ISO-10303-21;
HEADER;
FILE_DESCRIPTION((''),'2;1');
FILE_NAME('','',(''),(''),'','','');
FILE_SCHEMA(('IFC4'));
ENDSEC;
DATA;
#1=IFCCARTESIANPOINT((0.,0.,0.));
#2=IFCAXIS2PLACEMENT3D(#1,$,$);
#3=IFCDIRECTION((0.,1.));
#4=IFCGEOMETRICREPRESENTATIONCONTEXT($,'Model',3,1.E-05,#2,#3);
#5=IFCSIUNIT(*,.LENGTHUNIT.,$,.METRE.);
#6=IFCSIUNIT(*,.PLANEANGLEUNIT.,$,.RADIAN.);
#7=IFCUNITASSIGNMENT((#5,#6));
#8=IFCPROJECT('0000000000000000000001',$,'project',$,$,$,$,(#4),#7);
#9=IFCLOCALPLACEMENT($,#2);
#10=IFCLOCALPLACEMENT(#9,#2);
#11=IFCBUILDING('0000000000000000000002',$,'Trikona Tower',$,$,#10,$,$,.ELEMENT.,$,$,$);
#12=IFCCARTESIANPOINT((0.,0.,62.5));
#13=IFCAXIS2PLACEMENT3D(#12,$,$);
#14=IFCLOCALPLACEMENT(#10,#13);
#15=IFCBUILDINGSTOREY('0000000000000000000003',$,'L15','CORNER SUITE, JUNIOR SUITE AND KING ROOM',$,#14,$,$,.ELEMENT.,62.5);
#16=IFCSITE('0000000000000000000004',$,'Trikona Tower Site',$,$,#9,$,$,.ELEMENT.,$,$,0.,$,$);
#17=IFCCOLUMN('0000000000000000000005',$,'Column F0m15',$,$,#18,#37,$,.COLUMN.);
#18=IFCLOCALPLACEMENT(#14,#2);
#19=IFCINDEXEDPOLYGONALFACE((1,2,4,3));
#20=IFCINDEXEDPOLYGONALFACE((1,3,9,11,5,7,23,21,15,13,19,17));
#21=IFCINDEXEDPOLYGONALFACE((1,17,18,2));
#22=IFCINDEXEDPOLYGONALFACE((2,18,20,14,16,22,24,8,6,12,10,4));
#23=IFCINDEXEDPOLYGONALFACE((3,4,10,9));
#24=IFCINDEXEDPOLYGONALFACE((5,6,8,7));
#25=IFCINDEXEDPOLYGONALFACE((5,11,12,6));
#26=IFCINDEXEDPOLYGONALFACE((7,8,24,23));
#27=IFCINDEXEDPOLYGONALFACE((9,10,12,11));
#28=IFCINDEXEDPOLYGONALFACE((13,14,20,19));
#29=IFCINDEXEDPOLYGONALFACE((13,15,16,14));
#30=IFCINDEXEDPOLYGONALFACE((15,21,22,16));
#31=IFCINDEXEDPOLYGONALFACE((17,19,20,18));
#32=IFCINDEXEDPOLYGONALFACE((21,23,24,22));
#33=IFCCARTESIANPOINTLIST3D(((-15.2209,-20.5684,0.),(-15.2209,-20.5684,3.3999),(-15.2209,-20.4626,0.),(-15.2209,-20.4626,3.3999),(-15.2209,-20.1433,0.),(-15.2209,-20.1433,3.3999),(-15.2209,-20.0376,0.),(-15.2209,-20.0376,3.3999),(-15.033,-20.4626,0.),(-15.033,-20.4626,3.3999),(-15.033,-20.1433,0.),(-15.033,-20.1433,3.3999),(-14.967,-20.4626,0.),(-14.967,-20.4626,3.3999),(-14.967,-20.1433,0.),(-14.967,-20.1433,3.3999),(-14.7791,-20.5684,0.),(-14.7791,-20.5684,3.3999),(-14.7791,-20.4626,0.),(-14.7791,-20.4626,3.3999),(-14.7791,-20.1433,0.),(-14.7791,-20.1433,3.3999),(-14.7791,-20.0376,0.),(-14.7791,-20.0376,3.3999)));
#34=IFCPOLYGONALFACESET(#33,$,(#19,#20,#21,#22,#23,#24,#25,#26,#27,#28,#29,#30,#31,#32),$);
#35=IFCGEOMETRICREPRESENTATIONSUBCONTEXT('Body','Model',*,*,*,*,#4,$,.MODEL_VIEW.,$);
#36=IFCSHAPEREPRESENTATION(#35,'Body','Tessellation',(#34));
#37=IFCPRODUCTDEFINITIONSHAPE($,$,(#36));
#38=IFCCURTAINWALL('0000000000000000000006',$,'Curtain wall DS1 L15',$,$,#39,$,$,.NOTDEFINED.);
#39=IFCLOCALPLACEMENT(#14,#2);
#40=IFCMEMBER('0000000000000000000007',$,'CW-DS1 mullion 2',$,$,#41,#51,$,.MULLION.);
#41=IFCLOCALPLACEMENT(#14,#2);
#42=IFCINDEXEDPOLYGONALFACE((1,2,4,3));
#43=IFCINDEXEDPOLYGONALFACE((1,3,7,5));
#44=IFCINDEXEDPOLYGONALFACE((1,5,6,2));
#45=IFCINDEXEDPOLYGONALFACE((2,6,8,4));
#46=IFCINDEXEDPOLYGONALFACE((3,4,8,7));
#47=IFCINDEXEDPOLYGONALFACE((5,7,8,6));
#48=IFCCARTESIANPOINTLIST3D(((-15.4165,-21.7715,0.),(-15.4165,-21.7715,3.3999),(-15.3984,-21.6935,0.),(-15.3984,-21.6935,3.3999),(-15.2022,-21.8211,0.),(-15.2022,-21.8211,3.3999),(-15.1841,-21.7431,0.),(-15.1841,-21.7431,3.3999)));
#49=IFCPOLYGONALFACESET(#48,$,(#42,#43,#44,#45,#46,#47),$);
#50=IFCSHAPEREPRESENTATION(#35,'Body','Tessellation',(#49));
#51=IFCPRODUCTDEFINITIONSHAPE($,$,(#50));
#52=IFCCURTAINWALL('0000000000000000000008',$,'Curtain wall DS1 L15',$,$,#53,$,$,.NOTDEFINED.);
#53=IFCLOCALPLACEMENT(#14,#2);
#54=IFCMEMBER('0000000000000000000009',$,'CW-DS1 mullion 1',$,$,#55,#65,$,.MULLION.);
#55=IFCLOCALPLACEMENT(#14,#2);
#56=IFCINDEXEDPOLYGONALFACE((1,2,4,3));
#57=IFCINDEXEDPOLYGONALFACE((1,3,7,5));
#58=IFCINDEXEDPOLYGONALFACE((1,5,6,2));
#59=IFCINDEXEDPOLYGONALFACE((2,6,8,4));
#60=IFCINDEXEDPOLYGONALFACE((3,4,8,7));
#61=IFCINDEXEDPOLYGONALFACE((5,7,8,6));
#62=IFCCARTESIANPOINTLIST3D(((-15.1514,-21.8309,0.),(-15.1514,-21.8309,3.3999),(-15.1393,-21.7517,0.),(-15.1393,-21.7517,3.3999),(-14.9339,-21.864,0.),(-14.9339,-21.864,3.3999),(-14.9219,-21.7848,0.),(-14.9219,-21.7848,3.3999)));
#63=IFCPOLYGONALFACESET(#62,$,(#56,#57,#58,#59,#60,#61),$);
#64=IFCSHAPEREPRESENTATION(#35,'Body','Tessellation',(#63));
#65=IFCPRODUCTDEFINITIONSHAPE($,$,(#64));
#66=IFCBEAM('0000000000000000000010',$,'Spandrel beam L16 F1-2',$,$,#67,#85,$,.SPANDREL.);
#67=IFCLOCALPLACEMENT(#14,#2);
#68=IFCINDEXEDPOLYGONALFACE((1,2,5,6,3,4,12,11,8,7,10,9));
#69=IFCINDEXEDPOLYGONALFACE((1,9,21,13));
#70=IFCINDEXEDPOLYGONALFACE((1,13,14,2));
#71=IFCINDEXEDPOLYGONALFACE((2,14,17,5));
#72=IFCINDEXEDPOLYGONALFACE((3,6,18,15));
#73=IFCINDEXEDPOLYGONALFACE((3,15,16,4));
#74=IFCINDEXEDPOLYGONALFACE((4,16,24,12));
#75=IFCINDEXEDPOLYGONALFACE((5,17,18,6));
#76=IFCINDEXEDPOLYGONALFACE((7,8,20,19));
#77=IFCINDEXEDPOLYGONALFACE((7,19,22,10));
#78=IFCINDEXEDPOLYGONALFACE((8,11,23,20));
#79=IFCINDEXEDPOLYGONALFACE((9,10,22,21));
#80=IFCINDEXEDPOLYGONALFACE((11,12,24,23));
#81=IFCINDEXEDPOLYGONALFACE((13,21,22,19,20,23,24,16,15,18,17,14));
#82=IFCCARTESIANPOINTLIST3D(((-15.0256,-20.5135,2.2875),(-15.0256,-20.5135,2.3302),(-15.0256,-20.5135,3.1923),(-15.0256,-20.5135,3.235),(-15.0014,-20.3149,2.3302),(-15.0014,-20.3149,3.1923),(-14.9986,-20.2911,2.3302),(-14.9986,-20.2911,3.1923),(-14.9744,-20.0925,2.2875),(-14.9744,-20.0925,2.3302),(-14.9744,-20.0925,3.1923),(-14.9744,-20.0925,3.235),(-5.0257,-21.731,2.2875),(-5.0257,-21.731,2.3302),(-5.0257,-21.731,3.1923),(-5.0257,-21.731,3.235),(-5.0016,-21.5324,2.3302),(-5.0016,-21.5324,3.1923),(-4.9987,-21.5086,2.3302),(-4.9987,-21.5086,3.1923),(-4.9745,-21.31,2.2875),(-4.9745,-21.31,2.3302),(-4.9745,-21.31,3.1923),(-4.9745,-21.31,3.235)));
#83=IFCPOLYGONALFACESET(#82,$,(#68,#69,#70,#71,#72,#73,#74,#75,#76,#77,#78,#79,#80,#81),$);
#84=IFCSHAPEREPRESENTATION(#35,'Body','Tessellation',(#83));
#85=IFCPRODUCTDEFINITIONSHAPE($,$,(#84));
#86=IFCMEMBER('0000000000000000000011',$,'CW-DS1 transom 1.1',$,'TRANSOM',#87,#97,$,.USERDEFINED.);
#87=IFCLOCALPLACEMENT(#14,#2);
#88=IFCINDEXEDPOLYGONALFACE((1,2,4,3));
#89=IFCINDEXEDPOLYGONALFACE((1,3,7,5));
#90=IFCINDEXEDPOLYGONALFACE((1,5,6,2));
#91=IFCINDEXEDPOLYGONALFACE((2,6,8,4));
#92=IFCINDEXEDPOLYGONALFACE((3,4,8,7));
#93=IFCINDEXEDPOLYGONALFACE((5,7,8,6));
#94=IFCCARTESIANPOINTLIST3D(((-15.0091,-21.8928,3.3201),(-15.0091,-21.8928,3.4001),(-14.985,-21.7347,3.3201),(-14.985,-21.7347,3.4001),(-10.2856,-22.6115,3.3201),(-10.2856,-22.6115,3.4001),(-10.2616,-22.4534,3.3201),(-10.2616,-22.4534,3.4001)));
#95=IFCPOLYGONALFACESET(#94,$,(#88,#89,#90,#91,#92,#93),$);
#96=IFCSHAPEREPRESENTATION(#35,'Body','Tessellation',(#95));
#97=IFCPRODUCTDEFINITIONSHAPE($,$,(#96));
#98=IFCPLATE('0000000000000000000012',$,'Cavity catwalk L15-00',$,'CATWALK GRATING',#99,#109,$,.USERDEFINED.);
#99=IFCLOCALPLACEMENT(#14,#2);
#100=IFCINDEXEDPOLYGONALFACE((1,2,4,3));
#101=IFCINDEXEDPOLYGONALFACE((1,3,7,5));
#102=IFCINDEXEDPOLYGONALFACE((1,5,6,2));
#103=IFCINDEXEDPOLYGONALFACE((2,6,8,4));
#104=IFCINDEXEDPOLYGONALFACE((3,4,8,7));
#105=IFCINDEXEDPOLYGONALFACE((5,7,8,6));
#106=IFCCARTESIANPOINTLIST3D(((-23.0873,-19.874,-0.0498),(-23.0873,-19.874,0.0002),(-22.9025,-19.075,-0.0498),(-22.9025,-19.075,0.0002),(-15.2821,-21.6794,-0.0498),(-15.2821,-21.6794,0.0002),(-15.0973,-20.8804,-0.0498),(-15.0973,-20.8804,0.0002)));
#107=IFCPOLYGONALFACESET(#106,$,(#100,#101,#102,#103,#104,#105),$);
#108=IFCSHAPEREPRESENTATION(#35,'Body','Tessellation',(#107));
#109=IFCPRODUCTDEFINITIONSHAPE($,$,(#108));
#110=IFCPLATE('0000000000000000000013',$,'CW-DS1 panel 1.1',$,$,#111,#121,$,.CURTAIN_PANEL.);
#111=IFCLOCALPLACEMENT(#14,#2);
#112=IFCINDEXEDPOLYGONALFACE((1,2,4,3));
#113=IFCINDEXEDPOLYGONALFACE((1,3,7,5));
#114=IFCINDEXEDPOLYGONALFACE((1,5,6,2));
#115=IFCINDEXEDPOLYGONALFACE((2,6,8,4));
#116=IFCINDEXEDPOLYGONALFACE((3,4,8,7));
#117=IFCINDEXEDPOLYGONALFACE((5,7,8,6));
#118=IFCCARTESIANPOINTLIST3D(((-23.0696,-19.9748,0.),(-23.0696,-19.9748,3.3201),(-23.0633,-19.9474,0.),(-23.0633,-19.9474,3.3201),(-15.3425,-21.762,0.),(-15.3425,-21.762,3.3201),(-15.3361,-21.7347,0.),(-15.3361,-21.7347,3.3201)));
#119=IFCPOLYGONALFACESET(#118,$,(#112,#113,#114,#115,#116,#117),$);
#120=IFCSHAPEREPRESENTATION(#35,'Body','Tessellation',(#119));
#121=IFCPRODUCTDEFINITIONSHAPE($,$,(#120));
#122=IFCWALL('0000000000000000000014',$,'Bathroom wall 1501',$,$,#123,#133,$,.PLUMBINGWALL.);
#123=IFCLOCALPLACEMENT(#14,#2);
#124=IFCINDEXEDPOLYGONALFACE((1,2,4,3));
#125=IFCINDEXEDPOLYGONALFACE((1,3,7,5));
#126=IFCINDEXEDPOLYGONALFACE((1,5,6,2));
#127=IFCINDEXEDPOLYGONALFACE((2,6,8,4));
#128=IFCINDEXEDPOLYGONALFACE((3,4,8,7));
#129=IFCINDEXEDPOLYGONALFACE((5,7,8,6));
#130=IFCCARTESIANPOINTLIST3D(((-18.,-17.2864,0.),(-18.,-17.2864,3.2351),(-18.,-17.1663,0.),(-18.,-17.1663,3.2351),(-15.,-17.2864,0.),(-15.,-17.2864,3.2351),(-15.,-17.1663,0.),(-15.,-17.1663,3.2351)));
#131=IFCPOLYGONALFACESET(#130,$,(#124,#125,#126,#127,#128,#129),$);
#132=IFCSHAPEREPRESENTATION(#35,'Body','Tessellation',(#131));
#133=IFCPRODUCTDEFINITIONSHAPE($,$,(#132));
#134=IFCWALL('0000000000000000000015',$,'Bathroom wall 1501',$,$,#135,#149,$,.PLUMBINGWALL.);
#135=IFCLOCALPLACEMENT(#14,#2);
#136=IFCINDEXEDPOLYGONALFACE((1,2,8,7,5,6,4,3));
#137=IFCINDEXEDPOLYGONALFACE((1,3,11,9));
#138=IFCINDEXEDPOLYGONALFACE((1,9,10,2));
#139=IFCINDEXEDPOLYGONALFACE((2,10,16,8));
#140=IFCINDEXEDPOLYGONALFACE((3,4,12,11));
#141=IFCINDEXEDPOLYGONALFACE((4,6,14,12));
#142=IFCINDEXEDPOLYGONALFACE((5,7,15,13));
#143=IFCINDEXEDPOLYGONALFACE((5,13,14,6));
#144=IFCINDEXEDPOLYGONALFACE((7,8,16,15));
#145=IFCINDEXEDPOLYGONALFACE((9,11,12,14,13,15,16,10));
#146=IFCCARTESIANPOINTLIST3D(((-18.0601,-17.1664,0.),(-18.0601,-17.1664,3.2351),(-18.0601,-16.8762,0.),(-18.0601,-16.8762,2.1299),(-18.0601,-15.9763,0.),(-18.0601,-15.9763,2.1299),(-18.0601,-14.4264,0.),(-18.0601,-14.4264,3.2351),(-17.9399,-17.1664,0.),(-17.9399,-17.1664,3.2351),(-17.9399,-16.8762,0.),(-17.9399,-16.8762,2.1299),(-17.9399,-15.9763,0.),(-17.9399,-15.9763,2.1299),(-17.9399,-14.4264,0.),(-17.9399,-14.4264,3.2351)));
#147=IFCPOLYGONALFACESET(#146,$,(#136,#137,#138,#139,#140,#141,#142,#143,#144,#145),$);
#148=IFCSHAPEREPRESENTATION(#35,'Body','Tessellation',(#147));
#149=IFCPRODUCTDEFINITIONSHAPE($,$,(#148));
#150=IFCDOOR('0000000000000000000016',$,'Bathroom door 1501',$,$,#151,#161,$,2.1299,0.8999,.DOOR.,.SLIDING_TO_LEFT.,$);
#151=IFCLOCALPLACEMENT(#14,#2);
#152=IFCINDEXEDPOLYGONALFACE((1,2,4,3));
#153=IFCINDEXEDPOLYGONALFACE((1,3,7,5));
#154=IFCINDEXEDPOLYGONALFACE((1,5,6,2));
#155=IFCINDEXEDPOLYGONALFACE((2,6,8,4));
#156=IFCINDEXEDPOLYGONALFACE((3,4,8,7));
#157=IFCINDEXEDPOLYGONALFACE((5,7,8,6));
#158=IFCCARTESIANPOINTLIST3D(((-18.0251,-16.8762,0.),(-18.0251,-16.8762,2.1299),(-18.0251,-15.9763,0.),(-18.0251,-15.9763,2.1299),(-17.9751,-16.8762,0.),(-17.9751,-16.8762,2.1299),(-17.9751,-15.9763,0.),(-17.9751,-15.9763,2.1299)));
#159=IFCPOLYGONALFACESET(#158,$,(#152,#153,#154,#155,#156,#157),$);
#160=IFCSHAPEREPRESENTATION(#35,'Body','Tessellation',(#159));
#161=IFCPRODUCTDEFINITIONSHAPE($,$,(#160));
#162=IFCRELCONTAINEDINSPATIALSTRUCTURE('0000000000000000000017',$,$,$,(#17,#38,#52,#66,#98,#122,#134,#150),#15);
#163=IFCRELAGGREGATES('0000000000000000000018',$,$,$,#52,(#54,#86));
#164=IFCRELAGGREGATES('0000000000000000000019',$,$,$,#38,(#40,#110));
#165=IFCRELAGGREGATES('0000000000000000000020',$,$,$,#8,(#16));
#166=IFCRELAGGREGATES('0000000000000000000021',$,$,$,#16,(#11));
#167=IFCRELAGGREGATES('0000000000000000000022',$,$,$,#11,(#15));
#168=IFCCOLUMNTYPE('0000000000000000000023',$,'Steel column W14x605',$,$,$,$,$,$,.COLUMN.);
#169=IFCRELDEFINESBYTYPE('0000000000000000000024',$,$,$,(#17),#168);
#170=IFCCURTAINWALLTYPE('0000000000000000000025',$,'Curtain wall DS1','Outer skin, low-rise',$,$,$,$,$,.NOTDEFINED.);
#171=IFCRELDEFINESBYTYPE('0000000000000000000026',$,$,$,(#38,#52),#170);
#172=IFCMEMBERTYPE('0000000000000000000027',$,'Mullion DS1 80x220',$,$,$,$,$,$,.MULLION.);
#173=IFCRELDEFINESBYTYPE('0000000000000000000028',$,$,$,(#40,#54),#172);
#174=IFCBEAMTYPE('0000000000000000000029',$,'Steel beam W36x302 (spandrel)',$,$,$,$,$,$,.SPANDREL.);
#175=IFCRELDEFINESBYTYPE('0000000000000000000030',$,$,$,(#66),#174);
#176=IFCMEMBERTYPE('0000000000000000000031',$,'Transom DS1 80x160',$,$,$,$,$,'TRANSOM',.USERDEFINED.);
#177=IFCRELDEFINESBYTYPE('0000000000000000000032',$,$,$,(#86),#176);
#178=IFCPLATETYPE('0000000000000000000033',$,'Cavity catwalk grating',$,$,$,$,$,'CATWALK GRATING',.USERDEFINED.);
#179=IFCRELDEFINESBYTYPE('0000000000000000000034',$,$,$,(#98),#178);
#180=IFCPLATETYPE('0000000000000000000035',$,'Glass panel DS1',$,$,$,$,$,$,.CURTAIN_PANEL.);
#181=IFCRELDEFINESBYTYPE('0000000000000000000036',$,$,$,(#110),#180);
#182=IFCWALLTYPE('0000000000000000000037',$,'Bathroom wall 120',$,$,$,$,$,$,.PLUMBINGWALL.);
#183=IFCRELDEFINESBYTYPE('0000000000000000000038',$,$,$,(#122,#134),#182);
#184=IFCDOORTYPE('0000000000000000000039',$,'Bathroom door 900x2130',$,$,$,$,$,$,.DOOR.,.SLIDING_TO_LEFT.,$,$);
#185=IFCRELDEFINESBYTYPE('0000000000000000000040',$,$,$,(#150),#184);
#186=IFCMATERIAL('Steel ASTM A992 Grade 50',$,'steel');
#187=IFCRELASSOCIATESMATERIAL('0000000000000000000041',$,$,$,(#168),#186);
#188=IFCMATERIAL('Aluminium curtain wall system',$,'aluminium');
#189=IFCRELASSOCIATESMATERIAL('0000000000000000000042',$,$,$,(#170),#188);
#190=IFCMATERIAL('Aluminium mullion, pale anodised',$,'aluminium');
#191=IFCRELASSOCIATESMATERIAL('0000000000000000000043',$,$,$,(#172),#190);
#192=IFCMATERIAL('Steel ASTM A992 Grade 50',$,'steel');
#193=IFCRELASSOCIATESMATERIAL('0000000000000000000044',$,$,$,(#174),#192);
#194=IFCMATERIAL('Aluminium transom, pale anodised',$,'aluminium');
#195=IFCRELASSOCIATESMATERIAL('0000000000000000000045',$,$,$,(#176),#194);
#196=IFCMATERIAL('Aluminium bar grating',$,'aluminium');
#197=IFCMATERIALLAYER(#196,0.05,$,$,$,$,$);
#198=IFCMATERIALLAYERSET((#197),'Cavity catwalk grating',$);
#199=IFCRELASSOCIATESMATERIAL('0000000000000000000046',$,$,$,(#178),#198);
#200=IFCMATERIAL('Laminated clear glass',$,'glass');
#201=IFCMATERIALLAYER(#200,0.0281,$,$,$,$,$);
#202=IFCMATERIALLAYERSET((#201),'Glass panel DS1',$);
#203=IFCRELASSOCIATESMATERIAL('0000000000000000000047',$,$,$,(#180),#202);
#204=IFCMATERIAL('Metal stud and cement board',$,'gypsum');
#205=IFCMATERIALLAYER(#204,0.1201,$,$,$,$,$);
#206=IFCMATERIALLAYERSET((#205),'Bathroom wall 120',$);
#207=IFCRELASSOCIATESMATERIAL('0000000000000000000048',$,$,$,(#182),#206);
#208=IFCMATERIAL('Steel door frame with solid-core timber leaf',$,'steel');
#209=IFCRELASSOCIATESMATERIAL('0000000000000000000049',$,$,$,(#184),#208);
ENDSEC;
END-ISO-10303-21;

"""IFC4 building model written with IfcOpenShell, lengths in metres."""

from ifc_helpers import new_model, si_unit, direction, frame, frame_2d, origin, origin_2d, place, context, subcontext, project, spatial, rectangle, i_section, extrude, material, layer, layer_set, material_profile, profile_set, type_object, element, fill, aggregate, save


model = new_model("IFC4")

# Units and contexts
model_context = context("Model", 3, precision=1e-05, world=origin(), true_north=direction((0.0, 1.0)))
body_context = subcontext(model_context, "Body", "Model", "MODEL_VIEW")
ifc_project = project(units=[si_unit("LENGTHUNIT", "METRE"), si_unit("PLANEANGLEUNIT", "RADIAN")], contexts=[model_context])

# Site, building, storey
site_placement = place(None, origin())
site = spatial("IfcSite", under=ifc_project, at=site_placement, Name="Trikona Tower Site", CompositionType="ELEMENT", RefElevation=0.0)
building_placement = place(site_placement, origin())
building = spatial("IfcBuilding", under=site, at=building_placement, Name="Trikona Tower", CompositionType="ELEMENT")
storey_placement = place(building_placement, frame((0.0, 0.0, 62.5)))
storey = spatial("IfcBuildingStorey", under=building, at=storey_placement, Name="L15", Description="CORNER SUITE, JUNIOR SUITE AND KING ROOM", CompositionType="ELEMENT", Elevation=62.5)

# Column
ifc_material_1 = material(Name="Steel ASTM A992 Grade 50", Category="steel")
ifc_material_profile_1 = material_profile(ifc_material_1, i_section(OverallWidth=0.4419, OverallDepth=0.5308, WebThickness=0.0659, FlangeThickness=0.1057, at=origin_2d()), Name="W14X605")
ifc_profile_set_1 = profile_set([ifc_material_profile_1], Name="Steel ASTM A992 Grade 50")
column_type = type_object("IfcColumnType", Name="Steel column W14x605", PredefinedType="COLUMN", material=ifc_profile_set_1)
column_placement = place(storey_placement, frame((-15.0, -20.303, 0.0), z_axis=(0.0, 0.0, 1.0), x_axis=(1.0, 0.0, 0.0)))
element("IfcColumn", 1, at=column_placement, inside=storey, type_object=column_type, Name="Column F0m15", PredefinedType="COLUMN", context=body_context, shape_type="SweptSolid", body=[
    extrude(i_section(OverallWidth=0.4419, OverallDepth=0.5308, WebThickness=0.0659, FlangeThickness=0.1057, at=origin_2d()), origin(), (0.0, 0.0, 1.0), 3.3999),
])

# Curtain walls, members
ifc_material_2 = material(Name="Aluminium curtain wall system", Category="aluminium")
curtain_wall_type = type_object("IfcCurtainWallType", Name="Curtain wall DS1", Description="Outer skin, low-rise", PredefinedType="NOTDEFINED", material=ifc_material_2)
curtain_wall_1_placement = place(storey_placement, origin())
curtain_wall_1 = element("IfcCurtainWall", 2, at=curtain_wall_1_placement, inside=storey, type_object=curtain_wall_type, Name="Curtain wall DS1 L15", PredefinedType="NOTDEFINED")
ifc_material_3 = material(Name="Aluminium mullion, pale anodised", Category="aluminium")
ifc_material_profile_2 = material_profile(ifc_material_3, rectangle(XDim=0.0801, YDim=0.22, at=origin_2d()), Name="MUL-DS1")
ifc_profile_set_2 = profile_set([ifc_material_profile_2], Name="Aluminium mullion, pale anodised")
member_type_1 = type_object("IfcMemberType", Name="Mullion DS1 80x220", PredefinedType="MULLION", material=ifc_profile_set_2)
member_1_placement = place(storey_placement, frame((-15.3003, -21.7573, 0.0), z_axis=(0.0, 0.0, 1.0), x_axis=(0.225343, 0.974279, 0.0)))
member_1 = element("IfcMember", 3, at=member_1_placement, type_object=member_type_1, Name="CW-DS1 mullion 2", PredefinedType="MULLION", context=body_context, shape_type="SweptSolid", body=[
    extrude(rectangle(XDim=0.0801, YDim=0.22, at=origin_2d()), origin(), (0.0, 0.0, 1.0), 3.3999),
])
curtain_wall_2_placement = place(storey_placement, origin())
curtain_wall_2 = element("IfcCurtainWall", 4, at=curtain_wall_2_placement, inside=storey, type_object=curtain_wall_type, Name="Curtain wall DS1 L15", PredefinedType="NOTDEFINED")
member_2_placement = place(storey_placement, frame((-15.0366, -21.8079, 0.0), z_axis=(0.0, 0.0, 1.0), x_axis=(0.150438, 0.988619, 0.0)))
member_2 = element("IfcMember", 5, at=member_2_placement, type_object=member_type_1, Name="CW-DS1 mullion 1", PredefinedType="MULLION", context=body_context, shape_type="SweptSolid", body=[
    extrude(rectangle(XDim=0.0801, YDim=0.22, at=origin_2d()), origin(), (0.0, 0.0, 1.0), 3.3999),
])

# Beam
ifc_material_4 = material(Name="Steel ASTM A992 Grade 50", Category="steel")
ifc_material_profile_3 = material_profile(ifc_material_4, i_section(OverallWidth=0.4241, OverallDepth=0.9475, WebThickness=0.0239, FlangeThickness=0.0427, at=origin_2d()), Name="W36X302")
ifc_profile_set_3 = profile_set([ifc_material_profile_3], Name="Steel ASTM A992 Grade 50")
beam_type = type_object("IfcBeamType", Name="Steel beam W36x302 (spandrel)", PredefinedType="SPANDREL", material=ifc_profile_set_3)
beam_placement = place(storey_placement, frame((-15.0, -20.303, 2.7612), z_axis=(0.99267, -0.12086, 0.0), x_axis=(0.12086, 0.99267, 0.0)))
element("IfcBeam", 6, at=beam_placement, inside=storey, type_object=beam_type, Name="Spandrel beam L16 F1-2", PredefinedType="SPANDREL", context=body_context, shape_type="SweptSolid", body=[
    extrude(i_section(OverallWidth=0.4241, OverallDepth=0.9475, WebThickness=0.0239, FlangeThickness=0.0427, at=origin_2d()), origin(), (0.0, 0.0, 1.0), 10.0737),
])

# Member
ifc_material_5 = material(Name="Aluminium transom, pale anodised", Category="aluminium")
ifc_material_profile_4 = material_profile(ifc_material_5, rectangle(XDim=0.1599, YDim=0.0801, at=origin_2d()), Name="TRN-DS1")
ifc_profile_set_4 = profile_set([ifc_material_profile_4], Name="Aluminium transom, pale anodised")
member_type_2 = type_object("IfcMemberType", Name="Transom DS1 80x160", ElementType="TRANSOM", PredefinedType="USERDEFINED", material=ifc_profile_set_4)
member_3_placement = place(storey_placement, frame((-14.9971, -21.8137, 3.3601), z_axis=(0.98862, -0.150437, 0.0), x_axis=(0.150437, 0.98862, 0.0)))
member_3 = element("IfcMember", 7, at=member_3_placement, type_object=member_type_2, Name="CW-DS1 transom 1.1", ObjectType="TRANSOM", PredefinedType="USERDEFINED", context=body_context, shape_type="SweptSolid", body=[
    extrude(rectangle(XDim=0.1599, YDim=0.0801, at=origin_2d()), origin(), (0.0, 0.0, 1.0), 4.7778),
])
aggregate(curtain_wall_2, [member_2, member_3])

# Plates
ifc_material_6 = material(Name="Aluminium bar grating", Category="aluminium")
ifc_layer_1 = layer(ifc_material_6, 0.05)
ifc_layer_set_1 = layer_set([ifc_layer_1], Name="Cavity catwalk grating")
plate_type_1 = type_object("IfcPlateType", Name="Cavity catwalk grating", ElementType="CATWALK GRATING", PredefinedType="USERDEFINED", material=ifc_layer_set_1)
plate_1_placement = place(storey_placement, frame((-19.0923, -20.3772, -0.0498), z_axis=(0.0, 0.0, 1.0), x_axis=(0.974278, -0.225351, 0.0)))
element("IfcPlate", 8, at=plate_1_placement, inside=storey, type_object=plate_type_1, Name="Cavity catwalk L15-00", ObjectType="CATWALK GRATING", PredefinedType="USERDEFINED", context=body_context, shape_type="SweptSolid", body=[
    extrude(rectangle(XDim=8.0112, YDim=0.8201, at=origin_2d()), origin(), (0.0, 0.0, 1.0), 0.05),
])
ifc_material_7 = material(Name="Laminated clear glass", Category="glass")
ifc_layer_2 = layer(ifc_material_7, 0.0281)
ifc_layer_set_2 = layer_set([ifc_layer_2], Name="Glass panel DS1")
plate_type_2 = type_object("IfcPlateType", Name="Glass panel DS1", PredefinedType="CURTAIN_PANEL", material=ifc_layer_set_2)
plate_2_placement = place(storey_placement, frame((-19.2029, -20.8547, 0.0), z_axis=(0.0, 0.0, 1.0), x_axis=(0.974279, -0.225343, 0.0)))
plate_2 = element("IfcPlate", 9, at=plate_2_placement, type_object=plate_type_2, Name="CW-DS1 panel 1.1", PredefinedType="CURTAIN_PANEL", context=body_context, shape_type="SweptSolid", body=[
    extrude(rectangle(XDim=7.9312, YDim=0.0281, at=origin_2d()), origin(), (0.0, 0.0, 1.0), 3.3201),
])
aggregate(curtain_wall_1, [member_1, plate_2])

# Wall
ifc_material_8 = material(Name="Metal stud and cement board", Category="gypsum")
ifc_layer_3 = layer(ifc_material_8, 0.1201)
ifc_layer_set_3 = layer_set([ifc_layer_3], Name="Bathroom wall 120")
wall_type_1 = type_object("IfcWallType", Name="Bathroom wall 120", PredefinedType="PLUMBINGWALL", material=ifc_layer_set_3)
wall_1_placement = place(storey_placement, frame((-18.0, -17.2263, 0.0), z_axis=(0.0, 0.0, 1.0), x_axis=(1.0, 0.0, 0.0)))
element("IfcWall", 10, at=wall_1_placement, inside=storey, type_object=wall_type_1, Name="Bathroom wall 1501", PredefinedType="PLUMBINGWALL", context=body_context, shape_type="SweptSolid", body=[
    extrude(rectangle(XDim=3.0, YDim=0.1201, at=frame_2d((1.5, 0.0))), origin(), (0.0, 0.0, 1.0), 3.2351),
])

# Wall, opening, door
wall_2_placement = place(storey_placement, frame((-18.0, -14.4263, 0.0), z_axis=(0.0, 0.0, 1.0), x_axis=(0.0, -1.0, 0.0)))
wall_2 = element("IfcWall", 11, at=wall_2_placement, inside=storey, type_object=wall_type_1, Name="Bathroom wall 1501", PredefinedType="PLUMBINGWALL", context=body_context, shape_type="SweptSolid", body=[
    extrude(rectangle(XDim=2.74, YDim=0.1201, at=frame_2d((1.3701, 0.0))), origin(), (0.0, 0.0, 1.0), 3.2351),
])
opening_1_placement = place(wall_2_placement, frame((1.55, 0.0, 0.0)))
opening_1 = element("IfcOpeningElement", 12, at=opening_1_placement, cuts=wall_2, PredefinedType="OPENING", context=body_context, shape_type="SweptSolid", body=[
    extrude(rectangle(XDim=0.8999, YDim=2.1299, at=frame_2d((0.45, 1.0649))), frame((0.0, 0.0701, 0.0), z_axis=(0.0, -1.0, 0.0), x_axis=(1.0, 0.0, 0.0)), (0.0, 0.0, 1.0), 0.1401),
])
ifc_material_9 = material(Name="Steel door frame with solid-core timber leaf", Category="steel")
door_type = type_object("IfcDoorType", Name="Bathroom door 900x2130", OperationType="SLIDING_TO_LEFT", PredefinedType="DOOR", material=ifc_material_9)
door_placement = place(opening_1_placement, origin())
door = element("IfcDoor", 13, at=door_placement, inside=storey, type_object=door_type, Name="Bathroom door 1501", OperationType="SLIDING_TO_LEFT", OverallHeight=2.1299, OverallWidth=0.8999, PredefinedType="DOOR", context=body_context, shape_type="SweptSolid", body=[
    extrude(rectangle(XDim=0.8999, YDim=2.1299, at=frame_2d((0.45, 1.0649))), frame((0.0, 0.0249, 0.0), z_axis=(0.0, -1.0, 0.0), x_axis=(1.0, 0.0, 0.0)), (0.0, 0.0, 1.0), 0.05),
])
fill(opening_1, door)

save(model, "model.ifc")
